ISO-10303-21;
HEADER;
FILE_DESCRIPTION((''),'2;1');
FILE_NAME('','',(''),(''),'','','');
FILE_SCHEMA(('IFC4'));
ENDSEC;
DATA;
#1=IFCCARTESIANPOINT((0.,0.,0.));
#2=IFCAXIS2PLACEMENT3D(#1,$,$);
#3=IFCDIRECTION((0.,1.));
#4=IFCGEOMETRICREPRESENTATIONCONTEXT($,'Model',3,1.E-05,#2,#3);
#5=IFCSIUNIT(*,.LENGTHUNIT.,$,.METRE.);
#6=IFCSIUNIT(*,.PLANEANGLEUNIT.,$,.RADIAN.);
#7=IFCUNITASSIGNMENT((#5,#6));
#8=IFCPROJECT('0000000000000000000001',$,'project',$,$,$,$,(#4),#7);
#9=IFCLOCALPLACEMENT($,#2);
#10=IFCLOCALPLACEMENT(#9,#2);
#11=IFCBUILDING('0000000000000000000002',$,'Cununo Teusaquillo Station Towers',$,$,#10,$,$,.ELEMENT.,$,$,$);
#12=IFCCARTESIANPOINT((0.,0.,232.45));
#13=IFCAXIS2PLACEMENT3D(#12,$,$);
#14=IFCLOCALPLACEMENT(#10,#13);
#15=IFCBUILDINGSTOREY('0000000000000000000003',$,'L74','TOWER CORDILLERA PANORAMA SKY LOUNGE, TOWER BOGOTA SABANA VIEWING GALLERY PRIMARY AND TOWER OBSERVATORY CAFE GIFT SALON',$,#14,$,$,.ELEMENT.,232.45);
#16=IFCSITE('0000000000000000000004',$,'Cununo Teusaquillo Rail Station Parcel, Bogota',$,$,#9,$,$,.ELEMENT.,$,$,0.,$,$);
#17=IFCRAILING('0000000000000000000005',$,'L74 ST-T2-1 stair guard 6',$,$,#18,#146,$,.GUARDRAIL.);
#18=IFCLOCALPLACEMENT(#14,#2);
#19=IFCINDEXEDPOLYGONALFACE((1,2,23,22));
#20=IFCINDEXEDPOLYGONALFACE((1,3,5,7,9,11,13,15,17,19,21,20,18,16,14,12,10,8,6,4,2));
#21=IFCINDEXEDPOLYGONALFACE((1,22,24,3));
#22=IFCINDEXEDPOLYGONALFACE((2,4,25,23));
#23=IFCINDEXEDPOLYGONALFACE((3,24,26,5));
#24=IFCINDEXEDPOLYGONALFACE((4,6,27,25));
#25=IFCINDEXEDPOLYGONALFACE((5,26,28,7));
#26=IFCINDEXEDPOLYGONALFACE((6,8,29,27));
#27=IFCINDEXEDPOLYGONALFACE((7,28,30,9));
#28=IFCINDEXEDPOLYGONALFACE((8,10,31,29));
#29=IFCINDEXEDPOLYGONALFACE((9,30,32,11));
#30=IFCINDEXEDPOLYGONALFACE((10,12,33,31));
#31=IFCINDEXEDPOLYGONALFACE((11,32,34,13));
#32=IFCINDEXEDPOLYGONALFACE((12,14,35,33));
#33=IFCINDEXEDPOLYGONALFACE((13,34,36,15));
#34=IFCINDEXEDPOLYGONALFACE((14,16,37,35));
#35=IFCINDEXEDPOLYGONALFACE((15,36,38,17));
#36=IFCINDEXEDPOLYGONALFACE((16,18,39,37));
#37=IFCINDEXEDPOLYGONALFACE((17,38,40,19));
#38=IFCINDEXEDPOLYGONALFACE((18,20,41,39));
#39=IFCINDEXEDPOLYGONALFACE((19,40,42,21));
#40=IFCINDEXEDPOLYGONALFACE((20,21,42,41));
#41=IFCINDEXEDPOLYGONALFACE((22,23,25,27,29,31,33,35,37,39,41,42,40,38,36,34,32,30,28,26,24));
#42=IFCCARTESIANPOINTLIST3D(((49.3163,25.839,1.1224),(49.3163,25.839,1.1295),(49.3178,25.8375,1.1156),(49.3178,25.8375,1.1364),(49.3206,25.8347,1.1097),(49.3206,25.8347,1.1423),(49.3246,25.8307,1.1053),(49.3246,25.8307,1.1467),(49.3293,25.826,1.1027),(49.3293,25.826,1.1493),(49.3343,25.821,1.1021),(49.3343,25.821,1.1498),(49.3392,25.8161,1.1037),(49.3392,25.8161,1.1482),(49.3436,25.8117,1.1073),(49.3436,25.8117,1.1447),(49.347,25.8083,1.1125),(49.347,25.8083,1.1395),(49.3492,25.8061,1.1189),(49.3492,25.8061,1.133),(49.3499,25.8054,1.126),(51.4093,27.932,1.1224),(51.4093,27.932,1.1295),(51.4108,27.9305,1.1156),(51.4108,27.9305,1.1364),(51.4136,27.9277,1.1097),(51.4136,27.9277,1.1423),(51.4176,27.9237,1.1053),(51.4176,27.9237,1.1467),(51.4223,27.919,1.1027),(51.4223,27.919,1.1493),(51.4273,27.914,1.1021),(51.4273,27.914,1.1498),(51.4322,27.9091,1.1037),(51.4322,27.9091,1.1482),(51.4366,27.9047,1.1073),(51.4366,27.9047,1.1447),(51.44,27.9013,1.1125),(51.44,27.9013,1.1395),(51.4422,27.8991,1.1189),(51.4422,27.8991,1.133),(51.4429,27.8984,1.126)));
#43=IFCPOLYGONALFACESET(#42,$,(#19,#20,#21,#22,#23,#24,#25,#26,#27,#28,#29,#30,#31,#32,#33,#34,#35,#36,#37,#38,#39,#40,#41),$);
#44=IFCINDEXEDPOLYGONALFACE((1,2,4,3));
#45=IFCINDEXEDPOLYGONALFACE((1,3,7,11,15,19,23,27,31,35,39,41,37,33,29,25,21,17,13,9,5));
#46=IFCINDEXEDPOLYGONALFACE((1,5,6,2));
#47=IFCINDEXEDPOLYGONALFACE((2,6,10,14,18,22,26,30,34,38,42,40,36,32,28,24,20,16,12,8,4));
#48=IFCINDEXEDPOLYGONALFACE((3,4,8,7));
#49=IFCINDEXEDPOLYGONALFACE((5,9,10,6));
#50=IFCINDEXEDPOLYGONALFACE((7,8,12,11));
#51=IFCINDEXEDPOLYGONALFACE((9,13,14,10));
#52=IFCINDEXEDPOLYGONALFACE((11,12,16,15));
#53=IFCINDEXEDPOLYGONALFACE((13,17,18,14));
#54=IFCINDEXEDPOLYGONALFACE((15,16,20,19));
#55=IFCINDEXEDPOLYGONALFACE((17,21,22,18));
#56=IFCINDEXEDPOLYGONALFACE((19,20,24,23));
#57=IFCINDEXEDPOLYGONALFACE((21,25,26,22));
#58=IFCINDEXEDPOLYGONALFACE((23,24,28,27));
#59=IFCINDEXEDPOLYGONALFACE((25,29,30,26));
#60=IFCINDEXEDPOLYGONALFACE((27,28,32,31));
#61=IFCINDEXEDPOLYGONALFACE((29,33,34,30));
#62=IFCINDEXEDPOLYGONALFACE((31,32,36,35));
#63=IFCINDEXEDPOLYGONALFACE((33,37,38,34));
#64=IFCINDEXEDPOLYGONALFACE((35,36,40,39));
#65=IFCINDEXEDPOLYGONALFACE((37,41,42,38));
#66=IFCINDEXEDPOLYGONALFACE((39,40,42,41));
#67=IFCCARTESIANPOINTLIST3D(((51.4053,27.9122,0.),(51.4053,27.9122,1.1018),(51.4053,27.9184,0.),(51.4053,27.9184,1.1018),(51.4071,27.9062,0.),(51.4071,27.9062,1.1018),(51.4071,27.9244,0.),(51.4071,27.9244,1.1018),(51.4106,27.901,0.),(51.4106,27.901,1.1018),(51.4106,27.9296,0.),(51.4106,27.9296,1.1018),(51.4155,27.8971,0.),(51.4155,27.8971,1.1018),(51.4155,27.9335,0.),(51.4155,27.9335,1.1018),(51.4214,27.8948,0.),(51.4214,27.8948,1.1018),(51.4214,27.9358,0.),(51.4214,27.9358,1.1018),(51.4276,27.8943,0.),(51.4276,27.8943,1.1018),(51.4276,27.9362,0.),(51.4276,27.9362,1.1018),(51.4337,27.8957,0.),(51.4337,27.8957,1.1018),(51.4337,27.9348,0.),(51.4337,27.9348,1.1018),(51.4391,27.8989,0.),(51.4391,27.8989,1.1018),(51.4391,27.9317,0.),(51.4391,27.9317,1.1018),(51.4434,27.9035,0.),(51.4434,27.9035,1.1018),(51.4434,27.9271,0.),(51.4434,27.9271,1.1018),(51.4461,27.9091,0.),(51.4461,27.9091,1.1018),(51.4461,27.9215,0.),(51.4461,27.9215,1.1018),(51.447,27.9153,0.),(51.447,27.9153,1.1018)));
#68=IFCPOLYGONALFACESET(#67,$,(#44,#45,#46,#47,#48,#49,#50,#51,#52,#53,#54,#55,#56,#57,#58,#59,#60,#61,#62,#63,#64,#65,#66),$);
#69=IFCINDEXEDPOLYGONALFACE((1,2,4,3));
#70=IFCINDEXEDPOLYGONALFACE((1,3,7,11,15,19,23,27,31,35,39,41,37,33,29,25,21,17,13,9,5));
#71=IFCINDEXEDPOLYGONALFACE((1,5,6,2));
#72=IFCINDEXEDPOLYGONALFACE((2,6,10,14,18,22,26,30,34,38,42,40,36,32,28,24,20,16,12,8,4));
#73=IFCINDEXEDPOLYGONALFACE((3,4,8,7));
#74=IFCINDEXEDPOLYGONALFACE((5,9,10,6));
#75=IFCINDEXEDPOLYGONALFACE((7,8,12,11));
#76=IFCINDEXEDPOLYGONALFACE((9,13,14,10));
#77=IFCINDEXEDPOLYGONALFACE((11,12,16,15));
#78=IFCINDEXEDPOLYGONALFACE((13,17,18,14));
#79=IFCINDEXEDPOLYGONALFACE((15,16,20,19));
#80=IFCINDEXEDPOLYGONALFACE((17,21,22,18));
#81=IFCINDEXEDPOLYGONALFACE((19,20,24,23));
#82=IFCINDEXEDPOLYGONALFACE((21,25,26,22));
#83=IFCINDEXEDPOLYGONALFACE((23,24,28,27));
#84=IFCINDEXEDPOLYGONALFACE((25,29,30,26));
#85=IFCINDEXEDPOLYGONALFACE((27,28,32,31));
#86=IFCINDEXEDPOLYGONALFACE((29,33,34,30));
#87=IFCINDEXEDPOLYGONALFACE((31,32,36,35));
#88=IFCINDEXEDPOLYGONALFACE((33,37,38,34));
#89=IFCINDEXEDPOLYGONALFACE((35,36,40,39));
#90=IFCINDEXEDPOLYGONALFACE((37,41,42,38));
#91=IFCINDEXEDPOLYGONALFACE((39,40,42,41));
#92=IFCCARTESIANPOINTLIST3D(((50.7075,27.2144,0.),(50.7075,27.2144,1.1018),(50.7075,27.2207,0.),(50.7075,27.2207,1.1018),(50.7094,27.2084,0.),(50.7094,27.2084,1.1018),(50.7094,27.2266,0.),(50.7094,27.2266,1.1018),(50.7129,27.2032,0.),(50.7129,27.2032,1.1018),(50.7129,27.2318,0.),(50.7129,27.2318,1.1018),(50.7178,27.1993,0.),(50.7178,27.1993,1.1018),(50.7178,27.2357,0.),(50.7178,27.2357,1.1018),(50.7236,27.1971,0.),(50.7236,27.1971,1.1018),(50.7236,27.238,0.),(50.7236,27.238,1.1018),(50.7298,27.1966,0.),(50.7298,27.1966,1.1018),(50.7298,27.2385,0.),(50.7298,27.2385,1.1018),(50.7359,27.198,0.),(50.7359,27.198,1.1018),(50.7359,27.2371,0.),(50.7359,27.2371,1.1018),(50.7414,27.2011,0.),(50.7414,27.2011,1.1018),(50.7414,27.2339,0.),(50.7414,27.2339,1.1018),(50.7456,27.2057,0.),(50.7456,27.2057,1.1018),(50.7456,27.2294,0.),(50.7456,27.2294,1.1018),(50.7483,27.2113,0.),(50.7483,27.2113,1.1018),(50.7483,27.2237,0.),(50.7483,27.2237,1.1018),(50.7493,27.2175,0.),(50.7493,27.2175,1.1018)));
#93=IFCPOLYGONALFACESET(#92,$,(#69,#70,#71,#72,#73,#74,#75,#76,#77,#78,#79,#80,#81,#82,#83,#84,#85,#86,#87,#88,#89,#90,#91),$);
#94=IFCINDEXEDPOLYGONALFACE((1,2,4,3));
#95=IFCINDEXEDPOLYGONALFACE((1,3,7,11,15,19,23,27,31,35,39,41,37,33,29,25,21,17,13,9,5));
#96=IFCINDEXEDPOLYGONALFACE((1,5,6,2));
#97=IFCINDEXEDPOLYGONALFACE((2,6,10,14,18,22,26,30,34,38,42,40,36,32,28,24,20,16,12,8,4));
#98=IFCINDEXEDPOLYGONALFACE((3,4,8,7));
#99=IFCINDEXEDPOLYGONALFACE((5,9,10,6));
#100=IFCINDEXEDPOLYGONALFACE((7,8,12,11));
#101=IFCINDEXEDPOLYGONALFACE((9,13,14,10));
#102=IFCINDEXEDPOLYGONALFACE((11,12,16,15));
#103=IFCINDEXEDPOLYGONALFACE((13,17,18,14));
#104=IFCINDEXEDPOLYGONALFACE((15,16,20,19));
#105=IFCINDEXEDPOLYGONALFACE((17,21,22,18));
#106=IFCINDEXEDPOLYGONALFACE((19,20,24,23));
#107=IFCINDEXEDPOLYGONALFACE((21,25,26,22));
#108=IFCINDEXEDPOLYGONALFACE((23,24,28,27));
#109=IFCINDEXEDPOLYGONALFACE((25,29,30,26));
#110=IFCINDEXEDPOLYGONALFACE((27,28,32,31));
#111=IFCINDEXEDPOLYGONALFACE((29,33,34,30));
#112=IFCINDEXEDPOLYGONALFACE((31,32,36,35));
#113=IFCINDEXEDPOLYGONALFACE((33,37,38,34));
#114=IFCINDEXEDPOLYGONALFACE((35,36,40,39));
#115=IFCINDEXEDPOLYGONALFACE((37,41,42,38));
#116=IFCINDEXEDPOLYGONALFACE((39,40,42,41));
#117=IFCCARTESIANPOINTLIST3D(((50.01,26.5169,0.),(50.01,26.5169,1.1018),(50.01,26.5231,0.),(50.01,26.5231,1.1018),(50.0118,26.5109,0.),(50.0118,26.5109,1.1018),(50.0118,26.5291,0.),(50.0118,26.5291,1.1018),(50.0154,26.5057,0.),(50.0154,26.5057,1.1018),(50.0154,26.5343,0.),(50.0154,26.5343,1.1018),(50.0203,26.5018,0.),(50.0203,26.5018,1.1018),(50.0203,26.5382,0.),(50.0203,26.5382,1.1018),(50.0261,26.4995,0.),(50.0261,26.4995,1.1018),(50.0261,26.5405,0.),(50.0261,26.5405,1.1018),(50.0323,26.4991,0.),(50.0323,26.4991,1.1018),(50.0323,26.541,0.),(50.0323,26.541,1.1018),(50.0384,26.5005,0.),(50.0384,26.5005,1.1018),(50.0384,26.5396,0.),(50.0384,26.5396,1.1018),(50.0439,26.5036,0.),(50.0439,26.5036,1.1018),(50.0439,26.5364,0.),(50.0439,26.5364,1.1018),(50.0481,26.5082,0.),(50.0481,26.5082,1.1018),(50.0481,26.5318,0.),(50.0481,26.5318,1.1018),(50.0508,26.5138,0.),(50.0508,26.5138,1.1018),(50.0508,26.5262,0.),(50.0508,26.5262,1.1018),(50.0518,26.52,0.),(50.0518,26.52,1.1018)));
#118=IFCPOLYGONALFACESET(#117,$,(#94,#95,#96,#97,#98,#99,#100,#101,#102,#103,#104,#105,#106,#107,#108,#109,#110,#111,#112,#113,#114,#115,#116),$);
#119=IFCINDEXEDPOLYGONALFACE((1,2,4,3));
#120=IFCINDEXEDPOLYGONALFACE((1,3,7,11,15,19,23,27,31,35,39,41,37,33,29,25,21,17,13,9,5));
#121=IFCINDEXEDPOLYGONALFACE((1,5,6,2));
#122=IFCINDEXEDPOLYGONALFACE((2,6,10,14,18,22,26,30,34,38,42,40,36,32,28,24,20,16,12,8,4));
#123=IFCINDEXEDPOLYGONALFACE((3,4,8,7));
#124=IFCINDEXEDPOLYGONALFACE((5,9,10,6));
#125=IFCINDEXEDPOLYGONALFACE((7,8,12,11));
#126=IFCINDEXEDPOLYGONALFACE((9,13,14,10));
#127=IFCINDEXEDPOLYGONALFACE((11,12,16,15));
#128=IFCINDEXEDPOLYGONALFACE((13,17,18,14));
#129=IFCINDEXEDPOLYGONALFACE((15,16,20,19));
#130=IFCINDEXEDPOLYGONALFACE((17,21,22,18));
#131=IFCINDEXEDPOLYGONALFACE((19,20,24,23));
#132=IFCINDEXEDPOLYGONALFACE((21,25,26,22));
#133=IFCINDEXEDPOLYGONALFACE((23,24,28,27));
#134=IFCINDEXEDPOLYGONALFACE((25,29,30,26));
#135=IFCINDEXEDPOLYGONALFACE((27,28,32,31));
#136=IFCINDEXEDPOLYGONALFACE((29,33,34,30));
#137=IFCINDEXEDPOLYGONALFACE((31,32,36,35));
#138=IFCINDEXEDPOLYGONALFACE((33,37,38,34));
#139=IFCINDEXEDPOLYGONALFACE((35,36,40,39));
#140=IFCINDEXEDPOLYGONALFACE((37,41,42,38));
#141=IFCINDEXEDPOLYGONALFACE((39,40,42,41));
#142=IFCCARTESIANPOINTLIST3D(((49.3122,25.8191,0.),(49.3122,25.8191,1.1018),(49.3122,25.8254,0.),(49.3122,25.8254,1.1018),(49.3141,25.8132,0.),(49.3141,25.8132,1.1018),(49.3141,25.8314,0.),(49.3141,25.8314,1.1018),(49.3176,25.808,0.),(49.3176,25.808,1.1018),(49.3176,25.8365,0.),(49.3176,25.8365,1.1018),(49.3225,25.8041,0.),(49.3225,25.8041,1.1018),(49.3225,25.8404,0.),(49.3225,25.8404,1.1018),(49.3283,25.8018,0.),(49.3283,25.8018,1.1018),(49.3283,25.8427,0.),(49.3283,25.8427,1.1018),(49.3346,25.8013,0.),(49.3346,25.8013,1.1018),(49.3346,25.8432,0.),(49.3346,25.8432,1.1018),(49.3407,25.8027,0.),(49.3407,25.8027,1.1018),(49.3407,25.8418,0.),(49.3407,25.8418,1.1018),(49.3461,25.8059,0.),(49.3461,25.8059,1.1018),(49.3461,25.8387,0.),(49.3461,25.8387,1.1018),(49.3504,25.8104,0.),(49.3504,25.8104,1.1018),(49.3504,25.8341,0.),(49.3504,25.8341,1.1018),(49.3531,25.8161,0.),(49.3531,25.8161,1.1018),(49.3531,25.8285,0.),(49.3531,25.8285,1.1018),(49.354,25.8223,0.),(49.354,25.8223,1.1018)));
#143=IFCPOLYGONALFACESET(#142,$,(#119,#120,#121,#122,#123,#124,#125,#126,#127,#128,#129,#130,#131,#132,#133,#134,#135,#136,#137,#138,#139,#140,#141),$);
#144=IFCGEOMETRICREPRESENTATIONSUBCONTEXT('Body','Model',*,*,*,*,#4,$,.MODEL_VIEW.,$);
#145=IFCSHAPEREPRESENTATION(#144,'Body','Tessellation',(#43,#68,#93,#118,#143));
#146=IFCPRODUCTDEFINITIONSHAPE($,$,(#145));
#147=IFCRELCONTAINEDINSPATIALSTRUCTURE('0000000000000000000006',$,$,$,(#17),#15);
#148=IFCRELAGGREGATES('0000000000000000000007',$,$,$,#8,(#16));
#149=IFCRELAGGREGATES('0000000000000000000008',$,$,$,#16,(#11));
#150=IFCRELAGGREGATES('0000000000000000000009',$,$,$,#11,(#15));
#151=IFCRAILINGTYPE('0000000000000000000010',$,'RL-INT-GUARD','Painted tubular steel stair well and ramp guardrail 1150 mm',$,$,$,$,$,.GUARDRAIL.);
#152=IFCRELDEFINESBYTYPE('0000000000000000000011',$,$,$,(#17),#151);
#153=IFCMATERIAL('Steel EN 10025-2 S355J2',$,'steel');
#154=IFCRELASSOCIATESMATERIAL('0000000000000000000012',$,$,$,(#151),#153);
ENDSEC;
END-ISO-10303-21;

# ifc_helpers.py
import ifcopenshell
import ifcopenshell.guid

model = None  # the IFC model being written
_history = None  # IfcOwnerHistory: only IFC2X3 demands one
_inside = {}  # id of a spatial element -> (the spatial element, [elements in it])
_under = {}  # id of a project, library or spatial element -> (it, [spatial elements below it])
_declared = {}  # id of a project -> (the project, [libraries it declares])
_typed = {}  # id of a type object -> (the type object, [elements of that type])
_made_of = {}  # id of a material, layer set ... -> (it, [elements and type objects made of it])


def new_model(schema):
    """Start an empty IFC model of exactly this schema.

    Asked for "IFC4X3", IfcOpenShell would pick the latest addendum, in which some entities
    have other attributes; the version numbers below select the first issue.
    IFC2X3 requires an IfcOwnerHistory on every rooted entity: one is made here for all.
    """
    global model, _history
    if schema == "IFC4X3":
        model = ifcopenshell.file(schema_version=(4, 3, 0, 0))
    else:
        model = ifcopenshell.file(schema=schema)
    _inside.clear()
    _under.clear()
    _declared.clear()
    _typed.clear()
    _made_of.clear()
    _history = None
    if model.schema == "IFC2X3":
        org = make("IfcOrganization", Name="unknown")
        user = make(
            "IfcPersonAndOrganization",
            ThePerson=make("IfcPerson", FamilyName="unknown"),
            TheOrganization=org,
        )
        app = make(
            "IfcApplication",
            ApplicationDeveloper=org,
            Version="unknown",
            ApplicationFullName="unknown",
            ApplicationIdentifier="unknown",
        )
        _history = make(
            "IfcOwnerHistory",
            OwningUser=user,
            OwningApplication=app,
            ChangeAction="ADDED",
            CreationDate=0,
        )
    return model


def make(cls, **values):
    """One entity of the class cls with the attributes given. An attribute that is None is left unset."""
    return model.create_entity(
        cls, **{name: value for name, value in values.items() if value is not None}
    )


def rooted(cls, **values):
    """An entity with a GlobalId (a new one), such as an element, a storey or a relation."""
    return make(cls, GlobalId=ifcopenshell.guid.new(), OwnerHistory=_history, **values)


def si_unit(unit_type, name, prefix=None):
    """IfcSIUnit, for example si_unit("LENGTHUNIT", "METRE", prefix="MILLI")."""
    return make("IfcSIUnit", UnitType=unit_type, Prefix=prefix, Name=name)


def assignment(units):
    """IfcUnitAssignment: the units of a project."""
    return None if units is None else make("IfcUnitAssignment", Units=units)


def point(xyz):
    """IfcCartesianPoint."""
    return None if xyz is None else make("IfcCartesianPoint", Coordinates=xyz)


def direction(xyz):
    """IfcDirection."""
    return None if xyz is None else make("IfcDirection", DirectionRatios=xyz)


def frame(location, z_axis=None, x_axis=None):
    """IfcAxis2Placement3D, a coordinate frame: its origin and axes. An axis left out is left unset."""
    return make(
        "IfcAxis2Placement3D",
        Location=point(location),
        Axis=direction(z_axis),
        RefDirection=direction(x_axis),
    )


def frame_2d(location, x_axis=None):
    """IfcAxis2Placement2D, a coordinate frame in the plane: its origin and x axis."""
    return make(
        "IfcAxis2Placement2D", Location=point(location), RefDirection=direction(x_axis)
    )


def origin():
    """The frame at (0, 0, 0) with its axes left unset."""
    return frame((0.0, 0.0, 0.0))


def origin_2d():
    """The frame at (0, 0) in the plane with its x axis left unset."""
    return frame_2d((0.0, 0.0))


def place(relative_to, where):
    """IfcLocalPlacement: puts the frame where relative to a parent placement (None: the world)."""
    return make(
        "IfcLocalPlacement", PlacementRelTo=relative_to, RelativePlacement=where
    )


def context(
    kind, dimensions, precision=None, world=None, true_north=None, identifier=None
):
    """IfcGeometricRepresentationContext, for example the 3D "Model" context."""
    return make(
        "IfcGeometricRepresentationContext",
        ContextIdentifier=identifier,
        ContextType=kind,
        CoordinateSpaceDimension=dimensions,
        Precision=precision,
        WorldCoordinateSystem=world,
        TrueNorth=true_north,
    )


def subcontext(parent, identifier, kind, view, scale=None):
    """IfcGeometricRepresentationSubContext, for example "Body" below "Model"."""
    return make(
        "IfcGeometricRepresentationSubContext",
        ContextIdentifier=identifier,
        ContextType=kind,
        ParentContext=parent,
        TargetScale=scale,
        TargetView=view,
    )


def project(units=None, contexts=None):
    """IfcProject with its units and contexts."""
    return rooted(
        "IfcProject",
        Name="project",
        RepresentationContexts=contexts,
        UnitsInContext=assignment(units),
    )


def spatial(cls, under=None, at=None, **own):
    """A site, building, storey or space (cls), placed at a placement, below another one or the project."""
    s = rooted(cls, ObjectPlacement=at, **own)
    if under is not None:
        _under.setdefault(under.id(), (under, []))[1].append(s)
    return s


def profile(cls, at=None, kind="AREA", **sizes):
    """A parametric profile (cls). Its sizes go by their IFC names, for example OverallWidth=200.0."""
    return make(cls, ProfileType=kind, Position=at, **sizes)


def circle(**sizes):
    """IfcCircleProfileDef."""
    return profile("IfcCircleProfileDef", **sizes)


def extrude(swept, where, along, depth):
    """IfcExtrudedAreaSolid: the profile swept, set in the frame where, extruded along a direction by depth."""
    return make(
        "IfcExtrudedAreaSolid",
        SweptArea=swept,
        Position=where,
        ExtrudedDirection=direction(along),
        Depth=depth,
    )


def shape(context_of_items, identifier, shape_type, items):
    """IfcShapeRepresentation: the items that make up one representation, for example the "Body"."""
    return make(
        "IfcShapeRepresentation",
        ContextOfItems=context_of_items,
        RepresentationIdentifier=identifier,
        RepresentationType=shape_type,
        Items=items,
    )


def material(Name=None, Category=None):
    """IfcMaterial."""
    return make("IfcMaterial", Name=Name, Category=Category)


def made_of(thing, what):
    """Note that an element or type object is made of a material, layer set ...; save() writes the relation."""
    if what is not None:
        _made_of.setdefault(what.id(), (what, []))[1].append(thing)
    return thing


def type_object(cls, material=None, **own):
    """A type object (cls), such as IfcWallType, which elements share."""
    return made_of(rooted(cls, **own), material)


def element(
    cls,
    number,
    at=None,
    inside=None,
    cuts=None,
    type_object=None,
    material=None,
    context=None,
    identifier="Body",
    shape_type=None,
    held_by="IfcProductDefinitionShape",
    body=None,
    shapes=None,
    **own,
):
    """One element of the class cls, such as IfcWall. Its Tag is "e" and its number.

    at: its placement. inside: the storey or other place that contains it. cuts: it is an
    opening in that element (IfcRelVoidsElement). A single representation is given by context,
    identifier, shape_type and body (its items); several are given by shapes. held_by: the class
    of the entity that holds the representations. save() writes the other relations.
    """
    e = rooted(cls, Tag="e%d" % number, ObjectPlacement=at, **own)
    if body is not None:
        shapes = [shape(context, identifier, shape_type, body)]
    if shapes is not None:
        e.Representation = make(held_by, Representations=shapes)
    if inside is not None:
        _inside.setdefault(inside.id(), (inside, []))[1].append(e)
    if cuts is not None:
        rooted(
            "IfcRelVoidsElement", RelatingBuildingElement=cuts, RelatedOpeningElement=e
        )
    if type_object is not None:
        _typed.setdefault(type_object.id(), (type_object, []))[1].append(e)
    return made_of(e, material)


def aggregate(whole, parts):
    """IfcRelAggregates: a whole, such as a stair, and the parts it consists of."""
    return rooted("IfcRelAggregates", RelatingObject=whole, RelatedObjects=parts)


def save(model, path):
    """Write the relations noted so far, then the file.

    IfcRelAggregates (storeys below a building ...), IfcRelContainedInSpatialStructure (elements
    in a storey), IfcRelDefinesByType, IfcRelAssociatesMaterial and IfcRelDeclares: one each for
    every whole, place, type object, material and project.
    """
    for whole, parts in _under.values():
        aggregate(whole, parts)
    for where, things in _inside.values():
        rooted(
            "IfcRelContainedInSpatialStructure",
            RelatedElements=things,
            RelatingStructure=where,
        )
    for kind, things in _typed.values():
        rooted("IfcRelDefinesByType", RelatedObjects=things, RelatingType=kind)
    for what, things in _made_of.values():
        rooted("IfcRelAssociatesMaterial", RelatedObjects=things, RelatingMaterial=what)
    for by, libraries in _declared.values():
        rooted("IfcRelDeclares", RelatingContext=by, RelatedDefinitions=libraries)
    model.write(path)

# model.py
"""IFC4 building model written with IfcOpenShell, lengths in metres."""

from ifc_helpers import new_model, si_unit, direction, frame, origin, origin_2d, place, context, subcontext, project, spatial, circle, extrude, material, type_object, element, save


model = new_model("IFC4")

# Units and contexts
model_context = context("Model", 3, precision=1e-05, world=origin(), true_north=direction((0.0, 1.0)))
body_context = subcontext(model_context, "Body", "Model", "MODEL_VIEW")
ifc_project = project(units=[si_unit("LENGTHUNIT", "METRE"), si_unit("PLANEANGLEUNIT", "RADIAN")], contexts=[model_context])

# Site, building, storey
site_placement = place(None, origin())
site = spatial("IfcSite", under=ifc_project, at=site_placement, Name="Cununo Teusaquillo Rail Station Parcel, Bogota", CompositionType="ELEMENT", RefElevation=0.0)
building_placement = place(site_placement, origin())
building = spatial("IfcBuilding", under=site, at=building_placement, Name="Cununo Teusaquillo Station Towers", CompositionType="ELEMENT")
storey_placement = place(building_placement, frame((0.0, 0.0, 232.45)))
storey = spatial("IfcBuildingStorey", under=building, at=storey_placement, Name="L74", Description="TOWER CORDILLERA PANORAMA SKY LOUNGE, TOWER BOGOTA SABANA VIEWING GALLERY PRIMARY AND TOWER OBSERVATORY CAFE GIFT SALON", CompositionType="ELEMENT", Elevation=232.45)

# Railing
ifc_material_1 = material(Name="Steel EN 10025-2 S355J2", Category="steel")
railing_type = type_object("IfcRailingType", Name="RL-INT-GUARD", Description="Painted tubular steel stair well and ramp guardrail 1150 mm", PredefinedType="GUARDRAIL", material=ifc_material_1)
railing_1_placement = place(storey_placement, frame((51.426, 27.9153, 0.0)))
element("IfcRailing", 1, at=railing_1_placement, inside=storey, type_object=railing_type, Name="L74 ST-T2-1 stair guard 6", PredefinedType="GUARDRAIL", context=body_context, shape_type="SweptSolid", body=[
    extrude(circle(Radius=0.0239, at=origin_2d()), frame((0.0, 0.0, 1.126), z_axis=(-0.707107, -0.707107, 0.0), x_axis=(0.707107, -0.707107, 0.0)), (0.0, 0.0, 1.0), 2.96),
    extrude(circle(Radius=0.021, at=origin_2d()), origin(), (0.0, 0.0, 1.0), 1.1018),
    extrude(circle(Radius=0.021, at=origin_2d()), frame((-0.6978, -0.6978, 0.0)), (0.0, 0.0, 1.0), 1.1018),
    extrude(circle(Radius=0.021, at=origin_2d()), frame((-1.3953, -1.3953, 0.0)), (0.0, 0.0, 1.0), 1.1018),
    extrude(circle(Radius=0.021, at=origin_2d()), frame((-2.093, -2.093, 0.0)), (0.0, 0.0, 1.0), 1.1018),
])

save(model, "model.ifc")
